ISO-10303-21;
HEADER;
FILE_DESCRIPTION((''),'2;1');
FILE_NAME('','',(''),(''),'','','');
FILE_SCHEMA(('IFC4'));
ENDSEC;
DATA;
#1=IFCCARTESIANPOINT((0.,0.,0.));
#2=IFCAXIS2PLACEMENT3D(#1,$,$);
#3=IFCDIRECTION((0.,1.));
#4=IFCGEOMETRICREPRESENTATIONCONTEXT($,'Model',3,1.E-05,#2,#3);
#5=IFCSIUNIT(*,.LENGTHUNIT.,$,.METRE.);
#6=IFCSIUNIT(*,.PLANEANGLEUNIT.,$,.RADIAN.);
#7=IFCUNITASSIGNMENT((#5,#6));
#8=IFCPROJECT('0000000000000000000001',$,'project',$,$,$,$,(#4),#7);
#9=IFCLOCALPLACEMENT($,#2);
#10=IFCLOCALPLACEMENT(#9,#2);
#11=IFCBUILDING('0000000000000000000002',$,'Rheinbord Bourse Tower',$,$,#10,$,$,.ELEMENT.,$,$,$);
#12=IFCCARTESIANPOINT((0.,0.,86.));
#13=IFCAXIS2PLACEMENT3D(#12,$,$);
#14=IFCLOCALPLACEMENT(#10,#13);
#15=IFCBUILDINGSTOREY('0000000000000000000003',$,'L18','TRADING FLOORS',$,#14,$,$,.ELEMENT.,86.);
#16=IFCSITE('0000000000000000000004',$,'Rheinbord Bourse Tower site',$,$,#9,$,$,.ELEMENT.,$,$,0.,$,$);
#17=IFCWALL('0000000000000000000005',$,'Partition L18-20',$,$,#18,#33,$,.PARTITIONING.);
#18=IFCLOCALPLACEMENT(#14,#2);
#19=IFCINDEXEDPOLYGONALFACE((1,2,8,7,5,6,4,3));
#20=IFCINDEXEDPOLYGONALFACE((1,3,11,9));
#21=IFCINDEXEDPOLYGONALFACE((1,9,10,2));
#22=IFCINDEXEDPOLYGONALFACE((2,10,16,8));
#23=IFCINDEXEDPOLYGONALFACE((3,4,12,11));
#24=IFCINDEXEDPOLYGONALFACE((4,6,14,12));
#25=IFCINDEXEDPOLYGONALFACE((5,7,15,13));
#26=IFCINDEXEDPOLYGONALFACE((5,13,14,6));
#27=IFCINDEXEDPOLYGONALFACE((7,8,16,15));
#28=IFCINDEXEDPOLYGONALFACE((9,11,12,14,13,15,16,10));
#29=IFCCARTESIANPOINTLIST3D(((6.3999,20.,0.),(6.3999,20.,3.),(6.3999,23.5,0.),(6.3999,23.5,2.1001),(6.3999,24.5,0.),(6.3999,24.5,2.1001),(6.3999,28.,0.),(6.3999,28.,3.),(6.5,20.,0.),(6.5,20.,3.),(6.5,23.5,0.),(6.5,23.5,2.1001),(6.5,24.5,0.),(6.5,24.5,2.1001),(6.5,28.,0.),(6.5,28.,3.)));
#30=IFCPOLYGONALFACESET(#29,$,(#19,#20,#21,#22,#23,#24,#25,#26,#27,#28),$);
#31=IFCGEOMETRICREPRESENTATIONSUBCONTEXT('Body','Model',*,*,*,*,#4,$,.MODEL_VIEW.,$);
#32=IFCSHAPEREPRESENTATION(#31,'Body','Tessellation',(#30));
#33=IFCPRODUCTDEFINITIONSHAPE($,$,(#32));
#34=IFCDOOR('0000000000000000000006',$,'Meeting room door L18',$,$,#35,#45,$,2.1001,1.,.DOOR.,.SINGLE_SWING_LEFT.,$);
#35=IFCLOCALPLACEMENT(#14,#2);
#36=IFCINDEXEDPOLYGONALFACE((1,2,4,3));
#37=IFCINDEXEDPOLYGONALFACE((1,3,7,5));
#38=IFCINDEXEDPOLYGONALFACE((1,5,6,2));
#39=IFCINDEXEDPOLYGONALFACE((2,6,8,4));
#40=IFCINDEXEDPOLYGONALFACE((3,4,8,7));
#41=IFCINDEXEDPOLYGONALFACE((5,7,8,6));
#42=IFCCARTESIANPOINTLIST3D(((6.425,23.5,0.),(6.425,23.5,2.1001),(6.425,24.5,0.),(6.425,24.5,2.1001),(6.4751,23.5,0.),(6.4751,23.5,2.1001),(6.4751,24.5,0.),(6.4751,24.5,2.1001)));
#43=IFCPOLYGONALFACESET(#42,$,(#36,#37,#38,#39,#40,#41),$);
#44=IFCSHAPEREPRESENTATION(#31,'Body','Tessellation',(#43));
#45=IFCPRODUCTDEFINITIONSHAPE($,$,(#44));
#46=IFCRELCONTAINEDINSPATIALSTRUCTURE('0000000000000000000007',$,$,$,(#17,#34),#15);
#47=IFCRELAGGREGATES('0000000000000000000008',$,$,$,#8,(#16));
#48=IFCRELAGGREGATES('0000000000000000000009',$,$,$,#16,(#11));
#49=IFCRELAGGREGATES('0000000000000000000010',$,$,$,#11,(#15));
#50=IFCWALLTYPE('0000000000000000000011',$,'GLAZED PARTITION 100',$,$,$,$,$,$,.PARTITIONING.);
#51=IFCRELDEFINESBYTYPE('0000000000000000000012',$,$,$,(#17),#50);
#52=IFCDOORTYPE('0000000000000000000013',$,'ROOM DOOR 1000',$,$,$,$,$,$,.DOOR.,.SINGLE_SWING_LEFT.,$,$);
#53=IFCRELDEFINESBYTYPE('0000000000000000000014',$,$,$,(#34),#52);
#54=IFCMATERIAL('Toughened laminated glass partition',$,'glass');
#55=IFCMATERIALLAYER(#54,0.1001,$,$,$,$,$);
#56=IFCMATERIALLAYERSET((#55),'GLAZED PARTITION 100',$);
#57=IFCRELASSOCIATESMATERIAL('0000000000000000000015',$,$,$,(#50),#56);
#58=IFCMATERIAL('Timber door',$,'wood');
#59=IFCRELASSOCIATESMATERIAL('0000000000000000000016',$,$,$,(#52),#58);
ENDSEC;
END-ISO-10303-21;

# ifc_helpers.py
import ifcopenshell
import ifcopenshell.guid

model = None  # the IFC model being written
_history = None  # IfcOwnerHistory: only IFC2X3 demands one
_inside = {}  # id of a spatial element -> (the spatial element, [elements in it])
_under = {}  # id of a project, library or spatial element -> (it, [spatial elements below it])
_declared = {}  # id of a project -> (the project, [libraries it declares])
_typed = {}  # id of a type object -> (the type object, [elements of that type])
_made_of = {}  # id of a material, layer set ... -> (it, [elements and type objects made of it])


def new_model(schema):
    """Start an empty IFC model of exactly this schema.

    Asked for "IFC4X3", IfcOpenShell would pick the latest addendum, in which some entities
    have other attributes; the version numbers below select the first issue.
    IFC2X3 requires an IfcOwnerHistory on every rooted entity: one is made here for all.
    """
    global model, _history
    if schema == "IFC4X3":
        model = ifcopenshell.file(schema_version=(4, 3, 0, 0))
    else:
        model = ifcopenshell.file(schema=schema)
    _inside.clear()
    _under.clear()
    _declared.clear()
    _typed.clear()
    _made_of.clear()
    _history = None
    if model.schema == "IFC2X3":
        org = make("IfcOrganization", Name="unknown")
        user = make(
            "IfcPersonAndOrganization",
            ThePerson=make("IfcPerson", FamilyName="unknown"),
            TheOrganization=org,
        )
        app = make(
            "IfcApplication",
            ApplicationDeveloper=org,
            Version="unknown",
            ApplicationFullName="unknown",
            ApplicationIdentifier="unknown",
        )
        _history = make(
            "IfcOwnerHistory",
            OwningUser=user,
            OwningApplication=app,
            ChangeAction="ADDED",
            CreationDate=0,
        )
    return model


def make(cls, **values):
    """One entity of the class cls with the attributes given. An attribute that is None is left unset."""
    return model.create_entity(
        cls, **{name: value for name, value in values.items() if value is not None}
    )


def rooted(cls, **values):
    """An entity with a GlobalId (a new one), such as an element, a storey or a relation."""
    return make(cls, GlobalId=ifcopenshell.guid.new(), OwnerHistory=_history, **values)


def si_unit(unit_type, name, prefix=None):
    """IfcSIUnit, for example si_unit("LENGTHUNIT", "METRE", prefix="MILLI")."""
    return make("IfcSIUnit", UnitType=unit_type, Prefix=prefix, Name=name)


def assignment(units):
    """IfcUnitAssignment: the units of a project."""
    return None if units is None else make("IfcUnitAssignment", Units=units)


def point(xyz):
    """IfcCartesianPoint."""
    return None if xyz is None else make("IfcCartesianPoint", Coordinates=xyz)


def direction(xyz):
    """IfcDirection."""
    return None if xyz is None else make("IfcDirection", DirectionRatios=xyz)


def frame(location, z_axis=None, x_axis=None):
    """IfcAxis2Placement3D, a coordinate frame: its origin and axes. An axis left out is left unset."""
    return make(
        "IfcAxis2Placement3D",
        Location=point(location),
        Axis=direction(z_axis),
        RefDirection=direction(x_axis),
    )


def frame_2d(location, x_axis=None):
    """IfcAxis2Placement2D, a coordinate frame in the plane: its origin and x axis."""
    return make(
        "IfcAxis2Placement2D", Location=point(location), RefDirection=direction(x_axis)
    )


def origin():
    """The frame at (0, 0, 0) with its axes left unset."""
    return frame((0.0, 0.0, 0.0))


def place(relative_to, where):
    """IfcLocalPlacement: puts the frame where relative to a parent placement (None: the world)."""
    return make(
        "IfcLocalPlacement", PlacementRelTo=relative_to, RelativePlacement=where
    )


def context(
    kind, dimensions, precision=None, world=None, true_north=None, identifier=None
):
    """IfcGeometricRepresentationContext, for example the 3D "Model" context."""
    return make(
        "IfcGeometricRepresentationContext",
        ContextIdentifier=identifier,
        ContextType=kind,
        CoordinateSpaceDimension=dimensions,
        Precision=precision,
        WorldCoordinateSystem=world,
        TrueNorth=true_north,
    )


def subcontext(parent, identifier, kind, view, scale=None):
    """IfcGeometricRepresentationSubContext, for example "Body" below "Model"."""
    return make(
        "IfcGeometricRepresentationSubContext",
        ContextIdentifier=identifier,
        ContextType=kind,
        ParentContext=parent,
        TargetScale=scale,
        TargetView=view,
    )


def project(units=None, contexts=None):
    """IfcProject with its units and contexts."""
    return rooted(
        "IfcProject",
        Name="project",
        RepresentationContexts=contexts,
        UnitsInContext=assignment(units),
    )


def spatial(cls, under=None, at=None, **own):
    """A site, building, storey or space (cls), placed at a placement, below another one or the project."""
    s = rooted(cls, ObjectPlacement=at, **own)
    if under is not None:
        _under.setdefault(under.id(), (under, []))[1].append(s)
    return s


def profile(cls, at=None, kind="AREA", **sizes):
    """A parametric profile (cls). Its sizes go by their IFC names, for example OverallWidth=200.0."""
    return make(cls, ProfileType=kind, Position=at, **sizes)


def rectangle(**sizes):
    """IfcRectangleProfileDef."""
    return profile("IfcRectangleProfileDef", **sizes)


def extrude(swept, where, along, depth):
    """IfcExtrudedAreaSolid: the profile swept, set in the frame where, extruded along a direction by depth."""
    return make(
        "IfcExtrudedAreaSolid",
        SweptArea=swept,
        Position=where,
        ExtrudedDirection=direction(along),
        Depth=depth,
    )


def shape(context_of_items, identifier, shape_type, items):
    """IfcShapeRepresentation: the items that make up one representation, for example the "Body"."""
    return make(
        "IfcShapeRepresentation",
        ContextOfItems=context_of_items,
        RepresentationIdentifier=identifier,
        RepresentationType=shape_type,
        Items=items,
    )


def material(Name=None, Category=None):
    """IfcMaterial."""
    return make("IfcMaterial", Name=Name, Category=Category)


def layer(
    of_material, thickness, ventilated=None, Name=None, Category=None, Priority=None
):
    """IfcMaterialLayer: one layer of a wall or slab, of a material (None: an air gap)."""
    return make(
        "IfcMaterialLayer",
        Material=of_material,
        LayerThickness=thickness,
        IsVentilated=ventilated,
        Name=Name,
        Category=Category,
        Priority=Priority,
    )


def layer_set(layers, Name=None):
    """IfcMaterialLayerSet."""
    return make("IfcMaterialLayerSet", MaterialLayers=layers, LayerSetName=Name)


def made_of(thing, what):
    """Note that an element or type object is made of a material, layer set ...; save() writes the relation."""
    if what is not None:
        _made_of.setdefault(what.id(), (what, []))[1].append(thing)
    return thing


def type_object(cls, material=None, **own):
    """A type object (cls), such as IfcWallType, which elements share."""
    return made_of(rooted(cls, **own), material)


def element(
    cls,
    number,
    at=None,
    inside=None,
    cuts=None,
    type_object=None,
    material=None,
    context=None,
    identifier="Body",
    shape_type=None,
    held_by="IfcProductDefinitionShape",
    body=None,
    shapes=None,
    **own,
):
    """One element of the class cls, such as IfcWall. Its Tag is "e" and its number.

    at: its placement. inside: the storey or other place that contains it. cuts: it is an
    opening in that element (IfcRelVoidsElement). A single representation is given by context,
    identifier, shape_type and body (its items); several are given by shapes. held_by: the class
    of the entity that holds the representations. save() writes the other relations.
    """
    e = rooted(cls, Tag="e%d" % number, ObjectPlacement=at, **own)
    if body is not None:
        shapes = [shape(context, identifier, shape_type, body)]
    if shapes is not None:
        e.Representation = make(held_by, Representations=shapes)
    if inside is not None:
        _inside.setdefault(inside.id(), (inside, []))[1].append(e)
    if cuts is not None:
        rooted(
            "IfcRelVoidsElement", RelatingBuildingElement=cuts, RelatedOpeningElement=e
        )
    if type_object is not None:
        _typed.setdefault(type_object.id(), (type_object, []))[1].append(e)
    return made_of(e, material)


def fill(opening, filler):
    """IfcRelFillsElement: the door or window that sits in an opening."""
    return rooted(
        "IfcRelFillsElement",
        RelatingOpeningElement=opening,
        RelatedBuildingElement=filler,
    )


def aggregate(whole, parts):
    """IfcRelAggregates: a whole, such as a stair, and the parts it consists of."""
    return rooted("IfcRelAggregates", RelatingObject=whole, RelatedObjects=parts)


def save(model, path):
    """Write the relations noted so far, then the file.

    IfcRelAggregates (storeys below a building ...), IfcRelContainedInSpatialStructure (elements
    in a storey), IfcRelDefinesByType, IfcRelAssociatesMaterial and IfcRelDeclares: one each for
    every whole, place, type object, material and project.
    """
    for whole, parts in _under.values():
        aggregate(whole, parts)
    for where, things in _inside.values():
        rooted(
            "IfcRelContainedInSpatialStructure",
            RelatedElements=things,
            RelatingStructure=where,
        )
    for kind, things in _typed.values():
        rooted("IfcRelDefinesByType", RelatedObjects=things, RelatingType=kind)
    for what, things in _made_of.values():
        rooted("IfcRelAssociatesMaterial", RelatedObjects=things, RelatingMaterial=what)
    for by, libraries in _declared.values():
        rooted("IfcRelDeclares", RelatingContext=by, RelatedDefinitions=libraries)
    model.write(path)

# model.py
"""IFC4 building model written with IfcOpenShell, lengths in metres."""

from ifc_helpers import new_model, si_unit, direction, frame, frame_2d, origin, place, context, subcontext, project, spatial, rectangle, extrude, material, layer, layer_set, type_object, element, fill, save


model = new_model("IFC4")

# Units and contexts
model_context = context("Model", 3, precision=1e-05, world=origin(), true_north=direction((0.0, 1.0)))
body_context = subcontext(model_context, "Body", "Model", "MODEL_VIEW")
ifc_project = project(units=[si_unit("LENGTHUNIT", "METRE"), si_unit("PLANEANGLEUNIT", "RADIAN")], contexts=[model_context])

# Site, building, storey
site_placement = place(None, origin())
site = spatial("IfcSite", under=ifc_project, at=site_placement, Name="Rheinbord Bourse Tower site", CompositionType="ELEMENT", RefElevation=0.0)
building_placement = place(site_placement, origin())
building = spatial("IfcBuilding", under=site, at=building_placement, Name="Rheinbord Bourse Tower", CompositionType="ELEMENT")
storey_placement = place(building_placement, frame((0.0, 0.0, 86.0)))
storey = spatial("IfcBuildingStorey", under=building, at=storey_placement, Name="L18", Description="TRADING FLOORS", CompositionType="ELEMENT", Elevation=86.0)

# Shared definitions
ifc_material_1 = material(Name="Toughened laminated glass partition", Category="glass")
ifc_layer_1 = layer(ifc_material_1, 0.1001)
ifc_layer_set_1 = layer_set([ifc_layer_1], Name="GLAZED PARTITION 100")
wall_type = type_object("IfcWallType", Name="GLAZED PARTITION 100", PredefinedType="PARTITIONING", material=ifc_layer_set_1)

# Wall, opening, door
wall_1_placement = place(storey_placement, frame((6.45, 20.0, 0.0), z_axis=(0.0, 0.0, 1.0), x_axis=(0.0, 1.0, 0.0)))
wall_1 = element("IfcWall", 1, at=wall_1_placement, inside=storey, type_object=wall_type, Name="Partition L18-20", PredefinedType="PARTITIONING", context=body_context, shape_type="SweptSolid", body=[
    extrude(rectangle(XDim=8.0, YDim=0.1001, at=frame_2d((4.0, 0.0))), origin(), (0.0, 0.0, 1.0), 3.0),
])
opening_placement = place(wall_1_placement, frame((3.5, 0.0, 0.0)))
opening = element("IfcOpeningElement", 2, at=opening_placement, cuts=wall_1, PredefinedType="OPENING", context=body_context, shape_type="SweptSolid", body=[
    extrude(rectangle(XDim=1.0, YDim=2.1001, at=frame_2d((0.5, 1.05))), frame((0.0, 0.0601, 0.0), z_axis=(0.0, -1.0, 0.0), x_axis=(1.0, 0.0, 0.0)), (0.0, 0.0, 1.0), 0.1201),
])
ifc_material_2 = material(Name="Timber door", Category="wood")
door_type = type_object("IfcDoorType", Name="ROOM DOOR 1000", OperationType="SINGLE_SWING_LEFT", PredefinedType="DOOR", material=ifc_material_2)
door_placement = place(opening_placement, origin())
door = element("IfcDoor", 3, at=door_placement, inside=storey, type_object=door_type, Name="Meeting room door L18", OperationType="SINGLE_SWING_LEFT", OverallHeight=2.1001, OverallWidth=1.0, PredefinedType="DOOR", context=body_context, shape_type="SweptSolid", body=[
    extrude(rectangle(XDim=1.0, YDim=2.1001, at=frame_2d((0.5, 1.05))), frame((0.0, 0.0249, 0.0), z_axis=(0.0, -1.0, 0.0), x_axis=(1.0, 0.0, 0.0)), (0.0, 0.0, 1.0), 0.05),
])
fill(opening, door)

save(model, "model.ifc")
